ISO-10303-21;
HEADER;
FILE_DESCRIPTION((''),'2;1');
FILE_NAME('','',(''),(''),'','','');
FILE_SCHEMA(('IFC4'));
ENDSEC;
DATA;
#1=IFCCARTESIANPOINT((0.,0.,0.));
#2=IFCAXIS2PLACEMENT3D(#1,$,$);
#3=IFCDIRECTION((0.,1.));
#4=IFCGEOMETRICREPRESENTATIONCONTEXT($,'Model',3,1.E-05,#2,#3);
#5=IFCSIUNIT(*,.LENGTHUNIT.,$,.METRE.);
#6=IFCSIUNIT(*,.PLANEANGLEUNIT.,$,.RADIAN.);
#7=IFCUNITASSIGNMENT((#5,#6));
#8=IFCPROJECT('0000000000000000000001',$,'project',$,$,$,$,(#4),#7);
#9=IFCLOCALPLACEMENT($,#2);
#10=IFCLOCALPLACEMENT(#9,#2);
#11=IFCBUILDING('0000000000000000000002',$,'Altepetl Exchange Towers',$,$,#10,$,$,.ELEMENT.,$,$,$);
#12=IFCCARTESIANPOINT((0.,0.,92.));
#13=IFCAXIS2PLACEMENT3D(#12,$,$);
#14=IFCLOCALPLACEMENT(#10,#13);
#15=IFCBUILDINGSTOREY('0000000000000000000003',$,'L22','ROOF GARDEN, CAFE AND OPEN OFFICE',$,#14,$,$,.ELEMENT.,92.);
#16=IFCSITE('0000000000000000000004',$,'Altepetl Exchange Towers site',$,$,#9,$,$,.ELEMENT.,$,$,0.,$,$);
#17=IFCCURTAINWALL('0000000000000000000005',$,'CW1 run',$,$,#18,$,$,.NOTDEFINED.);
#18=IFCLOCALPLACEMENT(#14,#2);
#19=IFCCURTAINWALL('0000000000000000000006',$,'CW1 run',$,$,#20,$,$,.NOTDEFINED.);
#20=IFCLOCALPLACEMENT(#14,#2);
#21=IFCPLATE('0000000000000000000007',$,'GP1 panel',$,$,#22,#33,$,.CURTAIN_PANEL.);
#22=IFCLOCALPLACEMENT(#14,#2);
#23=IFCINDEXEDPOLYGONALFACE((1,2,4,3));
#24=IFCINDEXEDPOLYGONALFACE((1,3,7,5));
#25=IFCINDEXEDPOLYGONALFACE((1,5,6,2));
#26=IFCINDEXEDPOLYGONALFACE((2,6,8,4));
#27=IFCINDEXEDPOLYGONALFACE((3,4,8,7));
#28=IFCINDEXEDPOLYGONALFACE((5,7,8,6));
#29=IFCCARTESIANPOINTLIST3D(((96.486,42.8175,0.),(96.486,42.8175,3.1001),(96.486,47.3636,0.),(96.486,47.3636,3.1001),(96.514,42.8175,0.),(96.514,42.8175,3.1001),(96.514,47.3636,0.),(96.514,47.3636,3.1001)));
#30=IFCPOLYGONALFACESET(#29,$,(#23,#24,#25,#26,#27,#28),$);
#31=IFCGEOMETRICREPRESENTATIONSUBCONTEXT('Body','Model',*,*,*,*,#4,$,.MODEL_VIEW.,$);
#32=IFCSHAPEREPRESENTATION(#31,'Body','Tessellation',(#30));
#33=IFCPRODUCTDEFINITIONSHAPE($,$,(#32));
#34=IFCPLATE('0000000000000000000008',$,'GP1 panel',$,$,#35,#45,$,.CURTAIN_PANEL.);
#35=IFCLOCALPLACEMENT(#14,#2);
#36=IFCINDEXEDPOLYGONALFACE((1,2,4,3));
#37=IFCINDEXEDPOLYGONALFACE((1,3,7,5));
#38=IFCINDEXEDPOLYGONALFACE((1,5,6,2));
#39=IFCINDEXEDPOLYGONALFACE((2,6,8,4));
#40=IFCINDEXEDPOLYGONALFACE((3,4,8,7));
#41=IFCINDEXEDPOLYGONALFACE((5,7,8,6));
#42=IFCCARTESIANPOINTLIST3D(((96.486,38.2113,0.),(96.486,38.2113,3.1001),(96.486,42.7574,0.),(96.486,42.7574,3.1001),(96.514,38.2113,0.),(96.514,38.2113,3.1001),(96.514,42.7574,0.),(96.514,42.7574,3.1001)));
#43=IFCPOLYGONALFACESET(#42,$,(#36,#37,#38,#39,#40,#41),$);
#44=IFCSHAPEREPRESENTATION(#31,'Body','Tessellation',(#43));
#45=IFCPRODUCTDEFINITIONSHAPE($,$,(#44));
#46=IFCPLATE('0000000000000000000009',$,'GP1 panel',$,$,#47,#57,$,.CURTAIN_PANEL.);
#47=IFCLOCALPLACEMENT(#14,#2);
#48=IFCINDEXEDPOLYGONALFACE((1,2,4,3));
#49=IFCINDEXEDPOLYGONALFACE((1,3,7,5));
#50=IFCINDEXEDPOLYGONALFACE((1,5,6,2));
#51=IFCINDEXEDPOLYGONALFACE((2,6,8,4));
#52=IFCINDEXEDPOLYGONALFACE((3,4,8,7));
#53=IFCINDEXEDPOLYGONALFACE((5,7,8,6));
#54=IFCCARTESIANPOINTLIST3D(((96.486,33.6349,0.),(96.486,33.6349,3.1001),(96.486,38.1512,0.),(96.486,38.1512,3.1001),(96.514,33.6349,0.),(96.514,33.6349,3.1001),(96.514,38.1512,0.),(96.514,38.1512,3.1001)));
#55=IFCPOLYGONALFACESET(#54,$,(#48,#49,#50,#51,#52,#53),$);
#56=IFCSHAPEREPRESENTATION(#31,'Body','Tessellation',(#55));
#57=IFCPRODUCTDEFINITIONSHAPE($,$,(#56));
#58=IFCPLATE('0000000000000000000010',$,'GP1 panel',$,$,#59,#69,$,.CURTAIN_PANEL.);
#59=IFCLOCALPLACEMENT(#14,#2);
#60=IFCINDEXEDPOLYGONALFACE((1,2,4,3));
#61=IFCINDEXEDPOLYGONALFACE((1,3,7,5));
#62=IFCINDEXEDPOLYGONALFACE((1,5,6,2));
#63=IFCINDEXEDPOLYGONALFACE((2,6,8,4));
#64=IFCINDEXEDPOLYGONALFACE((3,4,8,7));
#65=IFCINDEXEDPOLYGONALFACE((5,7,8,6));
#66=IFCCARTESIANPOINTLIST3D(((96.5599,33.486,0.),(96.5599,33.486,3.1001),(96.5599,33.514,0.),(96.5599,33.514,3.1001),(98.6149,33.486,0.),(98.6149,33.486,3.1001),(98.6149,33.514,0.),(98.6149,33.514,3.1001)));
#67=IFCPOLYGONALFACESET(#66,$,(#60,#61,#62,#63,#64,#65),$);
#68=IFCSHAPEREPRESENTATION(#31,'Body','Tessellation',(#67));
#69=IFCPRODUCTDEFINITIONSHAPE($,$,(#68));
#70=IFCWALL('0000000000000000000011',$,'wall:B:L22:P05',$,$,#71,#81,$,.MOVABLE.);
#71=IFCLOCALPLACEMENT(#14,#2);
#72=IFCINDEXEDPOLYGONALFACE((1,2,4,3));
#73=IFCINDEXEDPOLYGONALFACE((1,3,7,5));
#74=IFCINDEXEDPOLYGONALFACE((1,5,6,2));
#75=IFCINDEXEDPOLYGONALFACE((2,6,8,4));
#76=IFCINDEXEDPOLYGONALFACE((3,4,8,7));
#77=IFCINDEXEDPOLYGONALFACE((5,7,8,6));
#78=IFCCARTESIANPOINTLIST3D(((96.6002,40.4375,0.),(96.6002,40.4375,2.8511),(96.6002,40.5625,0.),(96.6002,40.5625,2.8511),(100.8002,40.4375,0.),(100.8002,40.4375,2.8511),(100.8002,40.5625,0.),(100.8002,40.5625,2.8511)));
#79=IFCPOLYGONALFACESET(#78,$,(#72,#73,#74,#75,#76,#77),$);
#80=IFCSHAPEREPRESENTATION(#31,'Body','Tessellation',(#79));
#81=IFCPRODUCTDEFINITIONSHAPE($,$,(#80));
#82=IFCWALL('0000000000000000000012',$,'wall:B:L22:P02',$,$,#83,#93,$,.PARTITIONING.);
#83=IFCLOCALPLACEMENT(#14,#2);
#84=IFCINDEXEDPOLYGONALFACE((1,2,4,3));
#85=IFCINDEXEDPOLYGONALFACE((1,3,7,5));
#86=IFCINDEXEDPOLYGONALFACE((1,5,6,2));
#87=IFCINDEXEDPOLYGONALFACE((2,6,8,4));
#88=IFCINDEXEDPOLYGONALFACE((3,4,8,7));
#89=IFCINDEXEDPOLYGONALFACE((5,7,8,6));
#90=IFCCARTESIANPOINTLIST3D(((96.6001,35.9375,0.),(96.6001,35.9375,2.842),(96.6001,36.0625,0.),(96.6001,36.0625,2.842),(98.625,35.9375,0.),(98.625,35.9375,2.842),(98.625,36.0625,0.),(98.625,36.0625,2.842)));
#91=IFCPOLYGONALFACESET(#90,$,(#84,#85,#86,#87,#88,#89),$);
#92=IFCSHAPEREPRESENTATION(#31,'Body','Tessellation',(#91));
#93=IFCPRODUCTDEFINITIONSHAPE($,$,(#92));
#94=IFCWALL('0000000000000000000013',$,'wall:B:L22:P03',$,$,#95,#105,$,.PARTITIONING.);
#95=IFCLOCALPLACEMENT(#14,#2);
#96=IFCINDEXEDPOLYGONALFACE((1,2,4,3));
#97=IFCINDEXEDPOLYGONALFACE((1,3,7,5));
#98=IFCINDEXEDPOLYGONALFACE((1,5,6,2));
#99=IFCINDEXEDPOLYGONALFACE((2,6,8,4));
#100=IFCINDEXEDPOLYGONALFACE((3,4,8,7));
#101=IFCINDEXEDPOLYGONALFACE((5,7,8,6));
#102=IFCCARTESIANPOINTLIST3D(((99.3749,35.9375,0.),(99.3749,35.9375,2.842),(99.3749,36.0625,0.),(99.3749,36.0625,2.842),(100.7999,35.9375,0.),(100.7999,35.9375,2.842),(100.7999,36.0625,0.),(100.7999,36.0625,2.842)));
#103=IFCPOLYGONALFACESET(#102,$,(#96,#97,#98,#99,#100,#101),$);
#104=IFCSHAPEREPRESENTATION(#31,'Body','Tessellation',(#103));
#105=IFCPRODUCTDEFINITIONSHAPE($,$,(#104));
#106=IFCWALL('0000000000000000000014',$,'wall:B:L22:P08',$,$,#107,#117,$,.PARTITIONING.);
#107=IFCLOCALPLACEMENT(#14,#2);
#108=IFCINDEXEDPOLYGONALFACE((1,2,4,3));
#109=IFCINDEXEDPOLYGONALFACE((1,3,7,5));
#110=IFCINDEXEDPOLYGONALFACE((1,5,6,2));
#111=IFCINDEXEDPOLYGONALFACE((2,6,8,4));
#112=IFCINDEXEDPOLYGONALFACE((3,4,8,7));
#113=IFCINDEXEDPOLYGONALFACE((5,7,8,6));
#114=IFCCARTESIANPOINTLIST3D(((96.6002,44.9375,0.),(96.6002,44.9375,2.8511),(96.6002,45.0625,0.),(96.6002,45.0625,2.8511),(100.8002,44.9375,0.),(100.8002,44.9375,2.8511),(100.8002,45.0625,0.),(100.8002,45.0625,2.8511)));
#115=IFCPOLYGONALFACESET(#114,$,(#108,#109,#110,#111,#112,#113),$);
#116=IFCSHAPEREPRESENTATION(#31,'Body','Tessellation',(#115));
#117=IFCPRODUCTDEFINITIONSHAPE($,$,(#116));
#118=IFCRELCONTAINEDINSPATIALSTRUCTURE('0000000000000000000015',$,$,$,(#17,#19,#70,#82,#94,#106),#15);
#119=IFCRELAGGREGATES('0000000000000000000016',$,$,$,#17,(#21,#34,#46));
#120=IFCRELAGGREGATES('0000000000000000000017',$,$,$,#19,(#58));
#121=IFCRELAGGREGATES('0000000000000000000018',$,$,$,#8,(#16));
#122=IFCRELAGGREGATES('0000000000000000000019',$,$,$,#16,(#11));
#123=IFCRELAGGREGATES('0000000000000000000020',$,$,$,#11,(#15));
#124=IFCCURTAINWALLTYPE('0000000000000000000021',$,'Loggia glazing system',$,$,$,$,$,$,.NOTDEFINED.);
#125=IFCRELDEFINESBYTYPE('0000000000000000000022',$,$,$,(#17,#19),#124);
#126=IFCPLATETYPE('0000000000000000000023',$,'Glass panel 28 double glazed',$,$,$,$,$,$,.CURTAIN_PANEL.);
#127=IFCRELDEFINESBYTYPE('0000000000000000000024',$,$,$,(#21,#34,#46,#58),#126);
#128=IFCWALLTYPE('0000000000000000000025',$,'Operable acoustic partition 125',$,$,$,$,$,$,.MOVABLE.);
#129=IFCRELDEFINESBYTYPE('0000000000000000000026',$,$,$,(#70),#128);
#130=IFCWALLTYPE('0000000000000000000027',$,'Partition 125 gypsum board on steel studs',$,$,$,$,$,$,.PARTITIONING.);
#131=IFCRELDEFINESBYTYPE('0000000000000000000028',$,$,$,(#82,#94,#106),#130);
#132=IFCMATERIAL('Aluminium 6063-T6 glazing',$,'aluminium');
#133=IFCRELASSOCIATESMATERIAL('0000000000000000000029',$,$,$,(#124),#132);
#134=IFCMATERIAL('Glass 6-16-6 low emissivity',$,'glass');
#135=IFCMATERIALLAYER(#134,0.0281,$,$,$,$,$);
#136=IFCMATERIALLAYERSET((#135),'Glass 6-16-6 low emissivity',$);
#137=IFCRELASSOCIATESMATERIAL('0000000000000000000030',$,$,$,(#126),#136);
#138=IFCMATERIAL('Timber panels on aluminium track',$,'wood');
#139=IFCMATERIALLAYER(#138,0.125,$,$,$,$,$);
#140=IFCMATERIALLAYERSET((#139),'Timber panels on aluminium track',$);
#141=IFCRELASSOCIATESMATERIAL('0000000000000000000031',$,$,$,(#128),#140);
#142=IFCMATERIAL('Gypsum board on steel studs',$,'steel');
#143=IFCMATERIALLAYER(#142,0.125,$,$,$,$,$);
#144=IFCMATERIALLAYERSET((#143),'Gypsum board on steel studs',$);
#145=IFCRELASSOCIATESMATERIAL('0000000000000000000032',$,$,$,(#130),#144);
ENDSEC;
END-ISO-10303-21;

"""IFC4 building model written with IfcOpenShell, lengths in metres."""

from ifc_helpers import new_model, si_unit, direction, frame, frame_2d, origin, origin_2d, place, context, subcontext, project, spatial, rectangle, extrude, material, layer, layer_set, type_object, element, aggregate, save


model = new_model("IFC4")

# Units and contexts
model_context = context("Model", 3, precision=1e-05, world=origin(), true_north=direction((0.0, 1.0)))
body_context = subcontext(model_context, "Body", "Model", "MODEL_VIEW")
ifc_project = project(units=[si_unit("LENGTHUNIT", "METRE"), si_unit("PLANEANGLEUNIT", "RADIAN")], contexts=[model_context])

# Site, building, storey
site_placement = place(None, origin())
site = spatial("IfcSite", under=ifc_project, at=site_placement, Name="Altepetl Exchange Towers site", CompositionType="ELEMENT", RefElevation=0.0)
building_placement = place(site_placement, origin())
building = spatial("IfcBuilding", under=site, at=building_placement, Name="Altepetl Exchange Towers", CompositionType="ELEMENT")
storey_placement = place(building_placement, frame((0.0, 0.0, 92.0)))
storey = spatial("IfcBuildingStorey", under=building, at=storey_placement, Name="L22", Description="ROOF GARDEN, CAFE AND OPEN OFFICE", CompositionType="ELEMENT", Elevation=92.0)

# Curtain walls
ifc_material_1 = material(Name="Aluminium 6063-T6 glazing", Category="aluminium")
curtain_wall_type = type_object("IfcCurtainWallType", Name="Loggia glazing system", PredefinedType="NOTDEFINED", material=ifc_material_1)
curtain_wall_1_placement = place(storey_placement, origin())
curtain_wall_1 = element("IfcCurtainWall", 1, at=curtain_wall_1_placement, inside=storey, type_object=curtain_wall_type, Name="CW1 run", PredefinedType="NOTDEFINED")
curtain_wall_2_placement = place(storey_placement, origin())
curtain_wall_2 = element("IfcCurtainWall", 2, at=curtain_wall_2_placement, inside=storey, type_object=curtain_wall_type, Name="CW1 run", PredefinedType="NOTDEFINED")

# Plates
ifc_material_2 = material(Name="Glass 6-16-6 low emissivity", Category="glass")
ifc_layer_1 = layer(ifc_material_2, 0.0281)
ifc_layer_set_1 = layer_set([ifc_layer_1], Name="Glass 6-16-6 low emissivity")
plate_type = type_object("IfcPlateType", Name="Glass panel 28 double glazed", PredefinedType="CURTAIN_PANEL", material=ifc_layer_set_1)
plate_1_placement = place(storey_placement, frame((96.5, 45.0906, 0.0), z_axis=(0.0, 0.0, 1.0), x_axis=(0.0, -1.0, 0.0)))
plate_1 = element("IfcPlate", 3, at=plate_1_placement, type_object=plate_type, Name="GP1 panel", PredefinedType="CURTAIN_PANEL", context=body_context, shape_type="SweptSolid", body=[
    extrude(rectangle(XDim=4.5461, YDim=0.0281, at=origin_2d()), origin(), (0.0, 0.0, 1.0), 3.1001),
])
plate_2_placement = place(storey_placement, frame((96.5, 40.4844, 0.0), z_axis=(0.0, 0.0, 1.0), x_axis=(0.0, -1.0, 0.0)))
plate_2 = element("IfcPlate", 4, at=plate_2_placement, type_object=plate_type, Name="GP1 panel", PredefinedType="CURTAIN_PANEL", context=body_context, shape_type="SweptSolid", body=[
    extrude(rectangle(XDim=4.5461, YDim=0.0281, at=origin_2d()), origin(), (0.0, 0.0, 1.0), 3.1001),
])
plate_3_placement = place(storey_placement, frame((96.5, 35.8931, 0.0), z_axis=(0.0, 0.0, 1.0), x_axis=(0.0, -1.0, 0.0)))
plate_3 = element("IfcPlate", 5, at=plate_3_placement, type_object=plate_type, Name="GP1 panel", PredefinedType="CURTAIN_PANEL", context=body_context, shape_type="SweptSolid", body=[
    extrude(rectangle(XDim=4.5164, YDim=0.0281, at=origin_2d()), origin(), (0.0, 0.0, 1.0), 3.1001),
])
aggregate(curtain_wall_1, [plate_1, plate_2, plate_3])
plate_4_placement = place(storey_placement, frame((97.5874, 33.5, 0.0)))
plate_4 = element("IfcPlate", 6, at=plate_4_placement, type_object=plate_type, Name="GP1 panel", PredefinedType="CURTAIN_PANEL", context=body_context, shape_type="SweptSolid", body=[
    extrude(rectangle(XDim=2.0549, YDim=0.0281, at=origin_2d()), origin(), (0.0, 0.0, 1.0), 3.1001),
])
aggregate(curtain_wall_2, [plate_4])

# Walls
ifc_material_3 = material(Name="Timber panels on aluminium track", Category="wood")
ifc_layer_2 = layer(ifc_material_3, 0.125)
ifc_layer_set_2 = layer_set([ifc_layer_2], Name="Timber panels on aluminium track")
wall_type_1 = type_object("IfcWallType", Name="Operable acoustic partition 125", PredefinedType="MOVABLE", material=ifc_layer_set_2)
wall_1_placement = place(storey_placement, frame((96.6001, 40.5, 0.0)))
element("IfcWall", 7, at=wall_1_placement, inside=storey, type_object=wall_type_1, Name="wall:B:L22:P05", PredefinedType="MOVABLE", context=body_context, shape_type="SweptSolid", body=[
    extrude(rectangle(XDim=4.2, YDim=0.125, at=frame_2d((2.1001, 0.0))), origin(), (0.0, 0.0, 1.0), 2.8511),
])
ifc_material_4 = material(Name="Gypsum board on steel studs", Category="steel")
ifc_layer_3 = layer(ifc_material_4, 0.125)
ifc_layer_set_3 = layer_set([ifc_layer_3], Name="Gypsum board on steel studs")
wall_type_2 = type_object("IfcWallType", Name="Partition 125 gypsum board on steel studs", PredefinedType="PARTITIONING", material=ifc_layer_set_3)
wall_2_placement = place(storey_placement, frame((96.6001, 36.0, 0.0)))
element("IfcWall", 8, at=wall_2_placement, inside=storey, type_object=wall_type_2, Name="wall:B:L22:P02", PredefinedType="PARTITIONING", context=body_context, shape_type="SweptSolid", body=[
    extrude(rectangle(XDim=2.0249, YDim=0.125, at=frame_2d((1.0125, 0.0))), origin(), (0.0, 0.0, 1.0), 2.842),
])
wall_3_placement = place(storey_placement, frame((99.375, 36.0, 0.0)))
element("IfcWall", 9, at=wall_3_placement, inside=storey, type_object=wall_type_2, Name="wall:B:L22:P03", PredefinedType="PARTITIONING", context=body_context, shape_type="SweptSolid", body=[
    extrude(rectangle(XDim=1.425, YDim=0.125, at=frame_2d((0.7124, 0.0))), origin(), (0.0, 0.0, 1.0), 2.842),
])
wall_4_placement = place(storey_placement, frame((96.6001, 45.0, 0.0)))
element("IfcWall", 10, at=wall_4_placement, inside=storey, type_object=wall_type_2, Name="wall:B:L22:P08", PredefinedType="PARTITIONING", context=body_context, shape_type="SweptSolid", body=[
    extrude(rectangle(XDim=4.2, YDim=0.125, at=frame_2d((2.1001, 0.0))), origin(), (0.0, 0.0, 1.0), 2.8511),
])

save(model, "model.ifc")
